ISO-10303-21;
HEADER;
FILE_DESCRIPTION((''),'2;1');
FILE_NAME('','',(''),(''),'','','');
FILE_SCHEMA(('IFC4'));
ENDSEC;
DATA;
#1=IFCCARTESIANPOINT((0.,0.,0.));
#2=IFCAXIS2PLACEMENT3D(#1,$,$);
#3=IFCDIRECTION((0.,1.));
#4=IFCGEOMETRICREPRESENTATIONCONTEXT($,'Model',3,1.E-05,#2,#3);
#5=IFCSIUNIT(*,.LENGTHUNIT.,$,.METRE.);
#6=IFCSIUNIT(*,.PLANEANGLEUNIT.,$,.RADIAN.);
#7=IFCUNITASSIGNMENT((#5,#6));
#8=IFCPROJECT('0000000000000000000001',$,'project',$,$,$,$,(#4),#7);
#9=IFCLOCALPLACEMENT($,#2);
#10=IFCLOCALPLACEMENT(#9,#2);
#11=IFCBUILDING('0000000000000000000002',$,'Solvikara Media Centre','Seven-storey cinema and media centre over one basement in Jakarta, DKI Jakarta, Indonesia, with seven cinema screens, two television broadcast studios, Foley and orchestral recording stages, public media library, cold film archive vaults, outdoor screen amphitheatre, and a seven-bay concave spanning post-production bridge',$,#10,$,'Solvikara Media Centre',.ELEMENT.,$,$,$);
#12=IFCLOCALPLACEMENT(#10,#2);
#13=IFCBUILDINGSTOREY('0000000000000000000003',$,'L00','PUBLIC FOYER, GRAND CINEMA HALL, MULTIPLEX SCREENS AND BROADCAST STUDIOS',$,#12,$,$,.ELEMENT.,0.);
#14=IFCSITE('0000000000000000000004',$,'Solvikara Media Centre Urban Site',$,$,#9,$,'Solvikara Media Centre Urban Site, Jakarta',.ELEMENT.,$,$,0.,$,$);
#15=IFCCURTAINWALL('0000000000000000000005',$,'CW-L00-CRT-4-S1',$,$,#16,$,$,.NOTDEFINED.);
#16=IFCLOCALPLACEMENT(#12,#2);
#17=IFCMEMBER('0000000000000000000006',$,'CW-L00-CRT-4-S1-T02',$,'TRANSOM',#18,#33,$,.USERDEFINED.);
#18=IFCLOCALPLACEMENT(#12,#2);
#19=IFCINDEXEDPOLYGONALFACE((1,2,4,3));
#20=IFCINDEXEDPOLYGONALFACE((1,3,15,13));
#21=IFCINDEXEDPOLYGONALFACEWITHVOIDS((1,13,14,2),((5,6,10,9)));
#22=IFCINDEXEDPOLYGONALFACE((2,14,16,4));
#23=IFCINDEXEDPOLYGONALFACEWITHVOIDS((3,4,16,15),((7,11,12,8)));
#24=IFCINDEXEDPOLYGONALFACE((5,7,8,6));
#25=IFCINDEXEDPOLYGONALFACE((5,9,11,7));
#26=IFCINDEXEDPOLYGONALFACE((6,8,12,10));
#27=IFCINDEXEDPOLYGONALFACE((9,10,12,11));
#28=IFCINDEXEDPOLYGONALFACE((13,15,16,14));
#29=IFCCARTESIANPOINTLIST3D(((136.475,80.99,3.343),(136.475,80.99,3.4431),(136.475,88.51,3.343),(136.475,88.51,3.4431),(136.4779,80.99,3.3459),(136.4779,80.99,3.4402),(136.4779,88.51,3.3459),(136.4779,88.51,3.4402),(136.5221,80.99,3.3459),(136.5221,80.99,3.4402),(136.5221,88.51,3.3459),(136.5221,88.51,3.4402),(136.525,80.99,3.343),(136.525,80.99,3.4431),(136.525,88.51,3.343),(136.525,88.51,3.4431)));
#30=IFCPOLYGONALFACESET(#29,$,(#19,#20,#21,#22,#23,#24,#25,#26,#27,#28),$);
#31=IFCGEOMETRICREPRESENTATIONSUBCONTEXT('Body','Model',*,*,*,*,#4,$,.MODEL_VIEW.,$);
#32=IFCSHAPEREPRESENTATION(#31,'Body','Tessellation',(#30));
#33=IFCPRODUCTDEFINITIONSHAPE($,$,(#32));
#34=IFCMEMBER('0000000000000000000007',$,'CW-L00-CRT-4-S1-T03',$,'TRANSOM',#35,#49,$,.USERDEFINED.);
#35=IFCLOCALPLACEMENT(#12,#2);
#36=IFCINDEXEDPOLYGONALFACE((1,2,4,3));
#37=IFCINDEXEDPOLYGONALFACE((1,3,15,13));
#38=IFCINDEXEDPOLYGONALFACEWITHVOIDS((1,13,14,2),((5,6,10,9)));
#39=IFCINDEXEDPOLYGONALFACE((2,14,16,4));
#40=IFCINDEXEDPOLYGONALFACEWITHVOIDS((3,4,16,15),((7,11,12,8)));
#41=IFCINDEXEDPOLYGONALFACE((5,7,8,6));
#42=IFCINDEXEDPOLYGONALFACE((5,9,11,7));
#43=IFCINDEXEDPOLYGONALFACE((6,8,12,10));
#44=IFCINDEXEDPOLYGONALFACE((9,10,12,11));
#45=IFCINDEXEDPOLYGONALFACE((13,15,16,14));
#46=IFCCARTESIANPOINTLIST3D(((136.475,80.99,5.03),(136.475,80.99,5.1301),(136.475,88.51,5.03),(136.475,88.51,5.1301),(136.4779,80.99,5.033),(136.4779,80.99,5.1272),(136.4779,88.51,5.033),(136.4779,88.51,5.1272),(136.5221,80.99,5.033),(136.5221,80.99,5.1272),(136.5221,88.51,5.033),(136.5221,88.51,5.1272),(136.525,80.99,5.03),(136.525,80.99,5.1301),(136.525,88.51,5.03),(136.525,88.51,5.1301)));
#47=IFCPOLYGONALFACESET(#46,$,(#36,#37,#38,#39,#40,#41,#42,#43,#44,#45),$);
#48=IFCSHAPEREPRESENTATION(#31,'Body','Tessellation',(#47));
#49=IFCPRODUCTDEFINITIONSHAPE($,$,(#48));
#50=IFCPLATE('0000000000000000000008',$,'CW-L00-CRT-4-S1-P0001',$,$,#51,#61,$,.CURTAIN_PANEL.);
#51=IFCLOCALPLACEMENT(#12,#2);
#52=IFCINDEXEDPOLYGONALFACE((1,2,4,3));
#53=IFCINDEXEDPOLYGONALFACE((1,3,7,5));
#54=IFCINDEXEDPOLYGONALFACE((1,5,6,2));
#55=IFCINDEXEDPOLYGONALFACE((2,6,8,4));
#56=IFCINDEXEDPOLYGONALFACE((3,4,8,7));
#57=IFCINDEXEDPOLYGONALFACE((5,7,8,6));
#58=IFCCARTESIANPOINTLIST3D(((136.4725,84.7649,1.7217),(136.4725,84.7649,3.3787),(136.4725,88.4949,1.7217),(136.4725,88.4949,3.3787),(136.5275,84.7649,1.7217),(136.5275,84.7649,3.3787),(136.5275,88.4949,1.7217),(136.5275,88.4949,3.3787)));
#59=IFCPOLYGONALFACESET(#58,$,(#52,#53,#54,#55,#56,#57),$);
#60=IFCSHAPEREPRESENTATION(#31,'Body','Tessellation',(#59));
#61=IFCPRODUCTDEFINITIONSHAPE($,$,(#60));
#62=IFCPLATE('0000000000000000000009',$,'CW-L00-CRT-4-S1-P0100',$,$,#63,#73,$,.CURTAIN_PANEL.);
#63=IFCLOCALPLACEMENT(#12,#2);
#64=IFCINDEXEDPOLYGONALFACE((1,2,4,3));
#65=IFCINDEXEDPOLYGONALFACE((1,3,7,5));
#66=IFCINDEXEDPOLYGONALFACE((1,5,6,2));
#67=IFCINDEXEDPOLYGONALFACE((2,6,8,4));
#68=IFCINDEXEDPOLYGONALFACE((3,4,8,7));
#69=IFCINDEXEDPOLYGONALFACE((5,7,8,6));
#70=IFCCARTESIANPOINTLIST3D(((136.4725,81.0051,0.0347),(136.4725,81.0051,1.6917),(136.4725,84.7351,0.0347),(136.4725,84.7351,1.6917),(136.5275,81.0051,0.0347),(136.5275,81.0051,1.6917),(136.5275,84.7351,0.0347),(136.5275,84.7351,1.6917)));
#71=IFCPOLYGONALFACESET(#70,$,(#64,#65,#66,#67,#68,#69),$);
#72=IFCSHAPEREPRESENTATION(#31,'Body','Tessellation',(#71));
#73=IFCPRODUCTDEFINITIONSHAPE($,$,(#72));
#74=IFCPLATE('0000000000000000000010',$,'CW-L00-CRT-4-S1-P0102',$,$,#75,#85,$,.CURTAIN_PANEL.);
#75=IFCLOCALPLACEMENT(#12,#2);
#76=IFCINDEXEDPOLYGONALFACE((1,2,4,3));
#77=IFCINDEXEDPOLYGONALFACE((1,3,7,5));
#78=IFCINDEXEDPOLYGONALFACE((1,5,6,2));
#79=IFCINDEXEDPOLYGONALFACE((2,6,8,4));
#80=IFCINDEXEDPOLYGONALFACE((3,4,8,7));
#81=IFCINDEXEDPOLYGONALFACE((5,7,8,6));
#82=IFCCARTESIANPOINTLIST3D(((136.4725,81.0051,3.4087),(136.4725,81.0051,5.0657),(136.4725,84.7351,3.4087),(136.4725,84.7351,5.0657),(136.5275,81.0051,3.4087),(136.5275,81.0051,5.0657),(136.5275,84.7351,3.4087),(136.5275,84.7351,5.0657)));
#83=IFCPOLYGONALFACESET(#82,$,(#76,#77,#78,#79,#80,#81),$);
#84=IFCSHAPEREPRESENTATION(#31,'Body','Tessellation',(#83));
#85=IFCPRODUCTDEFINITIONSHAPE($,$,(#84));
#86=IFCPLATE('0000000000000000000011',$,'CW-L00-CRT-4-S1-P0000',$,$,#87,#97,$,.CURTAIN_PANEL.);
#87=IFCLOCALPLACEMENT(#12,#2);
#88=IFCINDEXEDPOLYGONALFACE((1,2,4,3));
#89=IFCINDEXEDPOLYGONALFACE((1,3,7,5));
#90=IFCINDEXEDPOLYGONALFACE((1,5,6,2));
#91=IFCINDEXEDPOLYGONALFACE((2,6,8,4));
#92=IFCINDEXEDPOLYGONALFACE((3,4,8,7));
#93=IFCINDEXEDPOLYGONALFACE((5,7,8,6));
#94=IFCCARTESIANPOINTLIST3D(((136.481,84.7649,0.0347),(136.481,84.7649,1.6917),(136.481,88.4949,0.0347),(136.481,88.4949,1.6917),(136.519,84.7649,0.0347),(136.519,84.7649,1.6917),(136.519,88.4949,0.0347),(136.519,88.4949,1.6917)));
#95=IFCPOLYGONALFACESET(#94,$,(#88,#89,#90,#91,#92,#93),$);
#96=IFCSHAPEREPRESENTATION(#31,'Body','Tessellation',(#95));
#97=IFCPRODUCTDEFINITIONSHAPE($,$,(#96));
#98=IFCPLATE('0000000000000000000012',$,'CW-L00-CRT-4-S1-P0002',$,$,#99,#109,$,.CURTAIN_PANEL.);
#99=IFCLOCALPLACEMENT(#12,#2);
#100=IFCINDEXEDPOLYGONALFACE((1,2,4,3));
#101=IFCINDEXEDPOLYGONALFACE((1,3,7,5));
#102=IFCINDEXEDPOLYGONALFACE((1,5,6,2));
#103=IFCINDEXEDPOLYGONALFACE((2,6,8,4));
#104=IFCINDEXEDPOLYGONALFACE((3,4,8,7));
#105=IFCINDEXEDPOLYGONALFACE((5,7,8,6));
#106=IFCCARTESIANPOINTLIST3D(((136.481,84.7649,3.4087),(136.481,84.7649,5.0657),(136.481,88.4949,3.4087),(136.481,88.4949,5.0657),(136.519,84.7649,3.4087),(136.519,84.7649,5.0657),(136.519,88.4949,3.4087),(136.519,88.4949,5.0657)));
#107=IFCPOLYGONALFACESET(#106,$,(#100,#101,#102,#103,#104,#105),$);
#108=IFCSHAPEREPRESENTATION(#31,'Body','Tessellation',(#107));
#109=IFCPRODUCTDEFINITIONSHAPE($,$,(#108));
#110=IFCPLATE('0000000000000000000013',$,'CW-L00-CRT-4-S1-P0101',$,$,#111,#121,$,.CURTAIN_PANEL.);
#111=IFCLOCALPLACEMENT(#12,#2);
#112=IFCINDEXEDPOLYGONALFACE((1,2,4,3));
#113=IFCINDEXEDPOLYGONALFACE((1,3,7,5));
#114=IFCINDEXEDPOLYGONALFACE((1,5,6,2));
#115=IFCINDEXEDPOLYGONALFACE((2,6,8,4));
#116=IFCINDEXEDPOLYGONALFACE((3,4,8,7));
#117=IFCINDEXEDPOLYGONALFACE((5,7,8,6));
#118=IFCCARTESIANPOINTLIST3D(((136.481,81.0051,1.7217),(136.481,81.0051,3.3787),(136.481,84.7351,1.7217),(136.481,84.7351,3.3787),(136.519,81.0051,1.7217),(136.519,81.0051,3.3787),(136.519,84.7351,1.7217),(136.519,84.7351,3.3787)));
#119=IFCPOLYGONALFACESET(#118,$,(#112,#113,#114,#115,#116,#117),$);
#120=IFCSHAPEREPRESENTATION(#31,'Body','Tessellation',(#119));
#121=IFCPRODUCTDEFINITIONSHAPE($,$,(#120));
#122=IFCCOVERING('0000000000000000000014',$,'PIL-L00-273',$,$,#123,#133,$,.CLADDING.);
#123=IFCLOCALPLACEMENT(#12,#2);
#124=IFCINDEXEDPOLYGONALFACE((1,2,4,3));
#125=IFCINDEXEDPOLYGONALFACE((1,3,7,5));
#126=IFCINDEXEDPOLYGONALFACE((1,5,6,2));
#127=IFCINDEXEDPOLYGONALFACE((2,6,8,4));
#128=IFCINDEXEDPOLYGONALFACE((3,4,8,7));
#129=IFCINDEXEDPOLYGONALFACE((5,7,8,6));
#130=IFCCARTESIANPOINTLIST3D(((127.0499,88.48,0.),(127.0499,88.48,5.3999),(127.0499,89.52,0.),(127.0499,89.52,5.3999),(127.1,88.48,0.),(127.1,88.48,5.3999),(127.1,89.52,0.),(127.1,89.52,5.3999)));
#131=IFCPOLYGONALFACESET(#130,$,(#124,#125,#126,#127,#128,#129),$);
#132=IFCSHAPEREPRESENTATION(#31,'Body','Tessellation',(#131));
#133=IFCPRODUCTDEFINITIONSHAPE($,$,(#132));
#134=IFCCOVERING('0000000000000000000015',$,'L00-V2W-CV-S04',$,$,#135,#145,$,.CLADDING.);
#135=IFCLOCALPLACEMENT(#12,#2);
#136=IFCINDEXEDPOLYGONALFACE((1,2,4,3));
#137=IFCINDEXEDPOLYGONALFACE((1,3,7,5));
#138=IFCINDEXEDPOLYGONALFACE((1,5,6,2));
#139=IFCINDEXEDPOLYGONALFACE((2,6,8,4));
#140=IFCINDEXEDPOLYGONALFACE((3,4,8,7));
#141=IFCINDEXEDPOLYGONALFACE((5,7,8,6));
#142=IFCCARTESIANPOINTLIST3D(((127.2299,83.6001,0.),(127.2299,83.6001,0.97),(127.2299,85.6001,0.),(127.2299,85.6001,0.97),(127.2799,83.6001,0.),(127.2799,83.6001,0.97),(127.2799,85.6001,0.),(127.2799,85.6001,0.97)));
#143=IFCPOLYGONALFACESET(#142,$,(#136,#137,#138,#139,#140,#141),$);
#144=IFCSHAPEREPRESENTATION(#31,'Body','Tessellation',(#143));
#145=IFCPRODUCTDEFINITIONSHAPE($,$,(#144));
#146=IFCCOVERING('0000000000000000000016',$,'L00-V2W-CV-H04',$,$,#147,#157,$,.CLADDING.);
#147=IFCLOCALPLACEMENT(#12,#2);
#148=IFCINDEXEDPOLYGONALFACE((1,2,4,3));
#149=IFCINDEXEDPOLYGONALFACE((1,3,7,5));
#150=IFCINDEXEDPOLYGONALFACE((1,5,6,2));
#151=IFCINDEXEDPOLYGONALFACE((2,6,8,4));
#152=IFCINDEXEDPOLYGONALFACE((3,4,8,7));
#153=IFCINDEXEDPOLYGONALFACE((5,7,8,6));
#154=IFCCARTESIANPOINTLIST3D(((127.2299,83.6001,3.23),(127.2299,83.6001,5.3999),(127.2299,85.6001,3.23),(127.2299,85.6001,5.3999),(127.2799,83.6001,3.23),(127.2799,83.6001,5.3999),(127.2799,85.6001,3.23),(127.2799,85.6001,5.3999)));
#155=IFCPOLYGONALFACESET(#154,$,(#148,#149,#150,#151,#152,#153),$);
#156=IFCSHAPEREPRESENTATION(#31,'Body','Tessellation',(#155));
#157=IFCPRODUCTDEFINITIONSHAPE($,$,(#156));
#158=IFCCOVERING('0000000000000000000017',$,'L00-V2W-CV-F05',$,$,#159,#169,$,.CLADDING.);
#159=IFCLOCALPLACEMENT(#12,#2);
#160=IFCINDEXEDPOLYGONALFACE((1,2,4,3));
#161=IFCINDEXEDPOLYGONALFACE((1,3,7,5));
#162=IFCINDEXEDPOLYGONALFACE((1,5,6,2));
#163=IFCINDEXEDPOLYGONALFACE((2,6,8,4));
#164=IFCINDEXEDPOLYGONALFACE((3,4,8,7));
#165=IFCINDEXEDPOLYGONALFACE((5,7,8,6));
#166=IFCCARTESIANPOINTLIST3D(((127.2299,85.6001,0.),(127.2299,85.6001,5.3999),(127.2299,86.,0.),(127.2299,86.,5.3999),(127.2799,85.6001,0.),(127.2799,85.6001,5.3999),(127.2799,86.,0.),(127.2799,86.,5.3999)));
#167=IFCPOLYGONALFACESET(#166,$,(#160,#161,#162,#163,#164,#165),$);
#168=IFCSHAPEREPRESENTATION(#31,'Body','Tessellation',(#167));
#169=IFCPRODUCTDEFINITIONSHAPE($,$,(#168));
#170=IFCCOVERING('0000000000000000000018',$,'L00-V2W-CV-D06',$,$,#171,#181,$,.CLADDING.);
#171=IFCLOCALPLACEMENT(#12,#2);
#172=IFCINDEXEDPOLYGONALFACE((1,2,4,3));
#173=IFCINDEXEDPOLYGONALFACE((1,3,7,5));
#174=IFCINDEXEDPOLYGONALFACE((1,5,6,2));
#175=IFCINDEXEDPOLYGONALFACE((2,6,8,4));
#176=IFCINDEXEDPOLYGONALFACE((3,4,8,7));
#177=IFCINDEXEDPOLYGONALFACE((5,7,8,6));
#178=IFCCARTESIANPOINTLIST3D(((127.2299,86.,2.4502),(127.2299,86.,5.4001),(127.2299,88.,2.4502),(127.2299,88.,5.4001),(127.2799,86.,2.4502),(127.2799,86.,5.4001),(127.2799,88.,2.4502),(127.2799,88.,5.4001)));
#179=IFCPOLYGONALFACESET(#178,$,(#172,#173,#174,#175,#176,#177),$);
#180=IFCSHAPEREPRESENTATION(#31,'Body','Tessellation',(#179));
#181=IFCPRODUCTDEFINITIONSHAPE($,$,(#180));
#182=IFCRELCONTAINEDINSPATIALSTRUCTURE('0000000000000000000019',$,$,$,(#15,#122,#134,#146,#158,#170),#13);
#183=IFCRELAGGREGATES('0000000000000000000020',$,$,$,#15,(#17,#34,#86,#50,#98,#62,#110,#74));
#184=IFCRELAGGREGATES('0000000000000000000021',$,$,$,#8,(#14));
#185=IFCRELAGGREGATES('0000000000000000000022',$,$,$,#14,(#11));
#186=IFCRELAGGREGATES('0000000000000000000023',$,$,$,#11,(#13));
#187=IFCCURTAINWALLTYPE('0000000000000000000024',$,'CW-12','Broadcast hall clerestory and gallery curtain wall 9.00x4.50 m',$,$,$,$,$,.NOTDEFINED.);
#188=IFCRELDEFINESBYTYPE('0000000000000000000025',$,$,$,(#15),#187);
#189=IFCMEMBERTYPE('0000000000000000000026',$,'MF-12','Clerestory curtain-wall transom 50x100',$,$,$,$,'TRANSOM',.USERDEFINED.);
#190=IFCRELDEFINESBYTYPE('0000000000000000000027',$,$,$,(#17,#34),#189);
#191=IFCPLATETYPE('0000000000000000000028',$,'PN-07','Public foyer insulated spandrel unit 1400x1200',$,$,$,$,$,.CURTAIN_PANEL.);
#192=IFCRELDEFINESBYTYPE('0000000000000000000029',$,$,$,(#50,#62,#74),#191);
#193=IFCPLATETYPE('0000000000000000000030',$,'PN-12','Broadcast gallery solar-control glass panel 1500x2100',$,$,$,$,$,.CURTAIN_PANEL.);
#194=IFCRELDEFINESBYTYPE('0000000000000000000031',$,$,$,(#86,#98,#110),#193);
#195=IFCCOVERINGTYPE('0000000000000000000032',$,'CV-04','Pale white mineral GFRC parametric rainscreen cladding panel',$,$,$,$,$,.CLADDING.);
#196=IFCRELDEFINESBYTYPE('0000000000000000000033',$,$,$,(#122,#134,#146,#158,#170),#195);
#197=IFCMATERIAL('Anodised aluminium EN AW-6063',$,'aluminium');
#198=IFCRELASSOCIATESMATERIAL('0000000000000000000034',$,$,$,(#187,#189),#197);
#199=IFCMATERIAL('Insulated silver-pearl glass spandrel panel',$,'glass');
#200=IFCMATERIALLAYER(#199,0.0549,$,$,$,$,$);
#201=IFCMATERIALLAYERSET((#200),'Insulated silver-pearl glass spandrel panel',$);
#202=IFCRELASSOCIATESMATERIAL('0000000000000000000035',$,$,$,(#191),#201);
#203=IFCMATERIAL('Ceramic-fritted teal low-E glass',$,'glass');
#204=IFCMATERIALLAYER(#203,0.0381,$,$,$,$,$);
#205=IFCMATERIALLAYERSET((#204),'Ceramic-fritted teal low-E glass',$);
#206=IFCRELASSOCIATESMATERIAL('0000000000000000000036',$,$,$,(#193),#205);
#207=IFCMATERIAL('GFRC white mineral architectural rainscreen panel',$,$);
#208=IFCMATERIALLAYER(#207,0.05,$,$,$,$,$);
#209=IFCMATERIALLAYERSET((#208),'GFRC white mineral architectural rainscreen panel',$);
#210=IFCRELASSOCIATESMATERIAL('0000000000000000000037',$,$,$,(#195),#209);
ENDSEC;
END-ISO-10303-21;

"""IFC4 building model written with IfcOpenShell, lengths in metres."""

from ifc_helpers import new_model, si_unit, direction, frame, origin, origin_2d, place, context, subcontext, project, spatial, rectangle, hollow_rectangle, extrude, material, layer, layer_set, material_profile, profile_set, type_object, element, aggregate, save


model = new_model("IFC4")

# Units and contexts
model_context = context("Model", 3, precision=1e-05, world=origin(), true_north=direction((0.0, 1.0)))
body_context = subcontext(model_context, "Body", "Model", "MODEL_VIEW")
ifc_project = project(units=[si_unit("LENGTHUNIT", "METRE"), si_unit("PLANEANGLEUNIT", "RADIAN")], contexts=[model_context])

# Site, building, storey
site_placement = place(None, origin())
site = spatial("IfcSite", under=ifc_project, at=site_placement, Name="Solvikara Media Centre Urban Site", LongName="Solvikara Media Centre Urban Site, Jakarta", CompositionType="ELEMENT", RefElevation=0.0)
building_placement = place(site_placement, origin())
building = spatial("IfcBuilding", under=site, at=building_placement, Name="Solvikara Media Centre", Description="Seven-storey cinema and media centre over one basement in Jakarta, DKI Jakarta, Indonesia, with seven cinema screens, two television broadcast studios, Foley and orchestral recording stages, public media library, cold film archive vaults, outdoor screen amphitheatre, and a seven-bay concave spanning post-production bridge", LongName="Solvikara Media Centre", CompositionType="ELEMENT")
storey_placement = place(building_placement, origin())
storey = spatial("IfcBuildingStorey", under=building, at=storey_placement, Name="L00", Description="PUBLIC FOYER, GRAND CINEMA HALL, MULTIPLEX SCREENS AND BROADCAST STUDIOS", CompositionType="ELEMENT", Elevation=0.0)

# Curtain wall, members, plates
ifc_material_1 = material(Name="Anodised aluminium EN AW-6063", Category="aluminium")
curtain_wall_type = type_object("IfcCurtainWallType", Name="CW-12", Description="Broadcast hall clerestory and gallery curtain wall 9.00x4.50 m", PredefinedType="NOTDEFINED", material=ifc_material_1)
curtain_wall_placement = place(storey_placement, origin())
curtain_wall = element("IfcCurtainWall", 1, at=curtain_wall_placement, inside=storey, type_object=curtain_wall_type, Name="CW-L00-CRT-4-S1", PredefinedType="NOTDEFINED")
ifc_material_profile_1 = material_profile(ifc_material_1, hollow_rectangle(XDim=0.05, YDim=0.1001, WallThickness=0.0029, at=origin_2d()), Name="ALU-T 50x100x3")
ifc_profile_set_1 = profile_set([ifc_material_profile_1], Name="Anodised aluminium EN AW-6063")
member_type_1 = type_object("IfcMemberType", Name="MF-12", Description="Clerestory curtain-wall transom 50x100", ElementType="TRANSOM", PredefinedType="USERDEFINED", material=ifc_profile_set_1)
member_1_placement = place(storey_placement, frame((136.5, 88.51, 3.3931), z_axis=(0.0, -1.0, 0.0), x_axis=(1.0, 0.0, 0.0)))
member_1 = element("IfcMember", 2, at=member_1_placement, type_object=member_type_1, Name="CW-L00-CRT-4-S1-T02", ObjectType="TRANSOM", PredefinedType="USERDEFINED", context=body_context, shape_type="SweptSolid", body=[
    extrude(hollow_rectangle(XDim=0.05, YDim=0.1001, WallThickness=0.0029, at=origin_2d()), origin(), (0.0, 0.0, 1.0), 7.52),
])
member_2_placement = place(storey_placement, frame((136.5, 88.51, 5.0801), z_axis=(0.0, -1.0, 0.0), x_axis=(1.0, 0.0, 0.0)))
member_2 = element("IfcMember", 3, at=member_2_placement, type_object=member_type_1, Name="CW-L00-CRT-4-S1-T03", ObjectType="TRANSOM", PredefinedType="USERDEFINED", context=body_context, shape_type="SweptSolid", body=[
    extrude(hollow_rectangle(XDim=0.05, YDim=0.1001, WallThickness=0.0029, at=origin_2d()), origin(), (0.0, 0.0, 1.0), 7.52),
])
ifc_material_2 = material(Name="Insulated silver-pearl glass spandrel panel", Category="glass")
ifc_layer_1 = layer(ifc_material_2, 0.0549)
ifc_layer_set_1 = layer_set([ifc_layer_1], Name="Insulated silver-pearl glass spandrel panel")
plate_type_1 = type_object("IfcPlateType", Name="PN-07", Description="Public foyer insulated spandrel unit 1400x1200", PredefinedType="CURTAIN_PANEL", material=ifc_layer_set_1)
plate_1_placement = place(storey_placement, frame((136.5, 86.6299, 1.7217), z_axis=(0.0, 0.0, 1.0), x_axis=(0.0, -1.0, 0.0)))
plate_1 = element("IfcPlate", 4, at=plate_1_placement, type_object=plate_type_1, Name="CW-L00-CRT-4-S1-P0001", PredefinedType="CURTAIN_PANEL", context=body_context, shape_type="SweptSolid", body=[
    extrude(rectangle(XDim=3.73, YDim=0.0549, at=origin_2d()), origin(), (0.0, 0.0, 1.0), 1.657),
])
plate_2_placement = place(storey_placement, frame((136.5, 82.8701, 0.0347), z_axis=(0.0, 0.0, 1.0), x_axis=(0.0, -1.0, 0.0)))
plate_2 = element("IfcPlate", 5, at=plate_2_placement, type_object=plate_type_1, Name="CW-L00-CRT-4-S1-P0100", PredefinedType="CURTAIN_PANEL", context=body_context, shape_type="SweptSolid", body=[
    extrude(rectangle(XDim=3.73, YDim=0.0549, at=origin_2d()), origin(), (0.0, 0.0, 1.0), 1.657),
])
plate_3_placement = place(storey_placement, frame((136.5, 82.8701, 3.4087), z_axis=(0.0, 0.0, 1.0), x_axis=(0.0, -1.0, 0.0)))
plate_3 = element("IfcPlate", 6, at=plate_3_placement, type_object=plate_type_1, Name="CW-L00-CRT-4-S1-P0102", PredefinedType="CURTAIN_PANEL", context=body_context, shape_type="SweptSolid", body=[
    extrude(rectangle(XDim=3.73, YDim=0.0549, at=origin_2d()), origin(), (0.0, 0.0, 1.0), 1.657),
])
ifc_material_3 = material(Name="Ceramic-fritted teal low-E glass", Category="glass")
ifc_layer_2 = layer(ifc_material_3, 0.0381)
ifc_layer_set_2 = layer_set([ifc_layer_2], Name="Ceramic-fritted teal low-E glass")
plate_type_2 = type_object("IfcPlateType", Name="PN-12", Description="Broadcast gallery solar-control glass panel 1500x2100", PredefinedType="CURTAIN_PANEL", material=ifc_layer_set_2)
plate_4_placement = place(storey_placement, frame((136.5, 86.6299, 0.0347), z_axis=(0.0, 0.0, 1.0), x_axis=(0.0, -1.0, 0.0)))
plate_4 = element("IfcPlate", 7, at=plate_4_placement, type_object=plate_type_2, Name="CW-L00-CRT-4-S1-P0000", PredefinedType="CURTAIN_PANEL", context=body_context, shape_type="SweptSolid", body=[
    extrude(rectangle(XDim=3.73, YDim=0.0381, at=origin_2d()), origin(), (0.0, 0.0, 1.0), 1.657),
])
plate_5_placement = place(storey_placement, frame((136.5, 86.6299, 3.4087), z_axis=(0.0, 0.0, 1.0), x_axis=(0.0, -1.0, 0.0)))
plate_5 = element("IfcPlate", 8, at=plate_5_placement, type_object=plate_type_2, Name="CW-L00-CRT-4-S1-P0002", PredefinedType="CURTAIN_PANEL", context=body_context, shape_type="SweptSolid", body=[
    extrude(rectangle(XDim=3.73, YDim=0.0381, at=origin_2d()), origin(), (0.0, 0.0, 1.0), 1.657),
])
plate_6_placement = place(storey_placement, frame((136.5, 82.8701, 1.7217), z_axis=(0.0, 0.0, 1.0), x_axis=(0.0, -1.0, 0.0)))
plate_6 = element("IfcPlate", 9, at=plate_6_placement, type_object=plate_type_2, Name="CW-L00-CRT-4-S1-P0101", PredefinedType="CURTAIN_PANEL", context=body_context, shape_type="SweptSolid", body=[
    extrude(rectangle(XDim=3.73, YDim=0.0381, at=origin_2d()), origin(), (0.0, 0.0, 1.0), 1.657),
])
aggregate(curtain_wall, [member_1, member_2, plate_4, plate_1, plate_5, plate_2, plate_6, plate_3])

# Coverings
ifc_material_4 = material(Name="GFRC white mineral architectural rainscreen panel")
ifc_layer_3 = layer(ifc_material_4, 0.05)
ifc_layer_set_3 = layer_set([ifc_layer_3], Name="GFRC white mineral architectural rainscreen panel")
covering_type = type_object("IfcCoveringType", Name="CV-04", Description="Pale white mineral GFRC parametric rainscreen cladding panel", PredefinedType="CLADDING", material=ifc_layer_set_3)
covering_1_placement = place(storey_placement, frame((127.075, 89.0, 0.0), z_axis=(0.0, 0.0, 1.0), x_axis=(0.0, -1.0, 0.0)))
element("IfcCovering", 10, at=covering_1_placement, inside=storey, type_object=covering_type, Name="PIL-L00-273", PredefinedType="CLADDING", context=body_context, shape_type="SweptSolid", body=[
    extrude(rectangle(XDim=1.04, YDim=0.05, at=origin_2d()), origin(), (0.0, 0.0, 1.0), 5.3999),
])
covering_2_placement = place(storey_placement, frame((127.2549, 84.6001, 0.0), z_axis=(0.0, 0.0, 1.0), x_axis=(0.0, 1.0, 0.0)))
element("IfcCovering", 11, at=covering_2_placement, inside=storey, type_object=covering_type, Name="L00-V2W-CV-S04", PredefinedType="CLADDING", context=body_context, shape_type="SweptSolid", body=[
    extrude(rectangle(XDim=2.0, YDim=0.05, at=origin_2d()), origin(), (0.0, 0.0, 1.0), 0.97),
])
covering_3_placement = place(storey_placement, frame((127.2549, 84.6001, 3.23), z_axis=(0.0, 0.0, 1.0), x_axis=(0.0, 1.0, 0.0)))
element("IfcCovering", 12, at=covering_3_placement, inside=storey, type_object=covering_type, Name="L00-V2W-CV-H04", PredefinedType="CLADDING", context=body_context, shape_type="SweptSolid", body=[
    extrude(rectangle(XDim=2.0, YDim=0.05, at=origin_2d()), origin(), (0.0, 0.0, 1.0), 2.1699),
])
covering_4_placement = place(storey_placement, frame((127.2549, 85.8, 0.0), z_axis=(0.0, 0.0, 1.0), x_axis=(0.0, 1.0, 0.0)))
element("IfcCovering", 13, at=covering_4_placement, inside=storey, type_object=covering_type, Name="L00-V2W-CV-F05", PredefinedType="CLADDING", context=body_context, shape_type="SweptSolid", body=[
    extrude(rectangle(XDim=0.3999, YDim=0.05, at=origin_2d()), origin(), (0.0, 0.0, 1.0), 5.3999),
])
covering_5_placement = place(storey_placement, frame((127.2549, 87.0, 2.4502), z_axis=(0.0, 0.0, 1.0), x_axis=(0.0, 1.0, 0.0)))
element("IfcCovering", 14, at=covering_5_placement, inside=storey, type_object=covering_type, Name="L00-V2W-CV-D06", PredefinedType="CLADDING", context=body_context, shape_type="SweptSolid", body=[
    extrude(rectangle(XDim=2.0, YDim=0.05, at=origin_2d()), origin(), (0.0, 0.0, 1.0), 2.95),
])

save(model, "model.ifc")
